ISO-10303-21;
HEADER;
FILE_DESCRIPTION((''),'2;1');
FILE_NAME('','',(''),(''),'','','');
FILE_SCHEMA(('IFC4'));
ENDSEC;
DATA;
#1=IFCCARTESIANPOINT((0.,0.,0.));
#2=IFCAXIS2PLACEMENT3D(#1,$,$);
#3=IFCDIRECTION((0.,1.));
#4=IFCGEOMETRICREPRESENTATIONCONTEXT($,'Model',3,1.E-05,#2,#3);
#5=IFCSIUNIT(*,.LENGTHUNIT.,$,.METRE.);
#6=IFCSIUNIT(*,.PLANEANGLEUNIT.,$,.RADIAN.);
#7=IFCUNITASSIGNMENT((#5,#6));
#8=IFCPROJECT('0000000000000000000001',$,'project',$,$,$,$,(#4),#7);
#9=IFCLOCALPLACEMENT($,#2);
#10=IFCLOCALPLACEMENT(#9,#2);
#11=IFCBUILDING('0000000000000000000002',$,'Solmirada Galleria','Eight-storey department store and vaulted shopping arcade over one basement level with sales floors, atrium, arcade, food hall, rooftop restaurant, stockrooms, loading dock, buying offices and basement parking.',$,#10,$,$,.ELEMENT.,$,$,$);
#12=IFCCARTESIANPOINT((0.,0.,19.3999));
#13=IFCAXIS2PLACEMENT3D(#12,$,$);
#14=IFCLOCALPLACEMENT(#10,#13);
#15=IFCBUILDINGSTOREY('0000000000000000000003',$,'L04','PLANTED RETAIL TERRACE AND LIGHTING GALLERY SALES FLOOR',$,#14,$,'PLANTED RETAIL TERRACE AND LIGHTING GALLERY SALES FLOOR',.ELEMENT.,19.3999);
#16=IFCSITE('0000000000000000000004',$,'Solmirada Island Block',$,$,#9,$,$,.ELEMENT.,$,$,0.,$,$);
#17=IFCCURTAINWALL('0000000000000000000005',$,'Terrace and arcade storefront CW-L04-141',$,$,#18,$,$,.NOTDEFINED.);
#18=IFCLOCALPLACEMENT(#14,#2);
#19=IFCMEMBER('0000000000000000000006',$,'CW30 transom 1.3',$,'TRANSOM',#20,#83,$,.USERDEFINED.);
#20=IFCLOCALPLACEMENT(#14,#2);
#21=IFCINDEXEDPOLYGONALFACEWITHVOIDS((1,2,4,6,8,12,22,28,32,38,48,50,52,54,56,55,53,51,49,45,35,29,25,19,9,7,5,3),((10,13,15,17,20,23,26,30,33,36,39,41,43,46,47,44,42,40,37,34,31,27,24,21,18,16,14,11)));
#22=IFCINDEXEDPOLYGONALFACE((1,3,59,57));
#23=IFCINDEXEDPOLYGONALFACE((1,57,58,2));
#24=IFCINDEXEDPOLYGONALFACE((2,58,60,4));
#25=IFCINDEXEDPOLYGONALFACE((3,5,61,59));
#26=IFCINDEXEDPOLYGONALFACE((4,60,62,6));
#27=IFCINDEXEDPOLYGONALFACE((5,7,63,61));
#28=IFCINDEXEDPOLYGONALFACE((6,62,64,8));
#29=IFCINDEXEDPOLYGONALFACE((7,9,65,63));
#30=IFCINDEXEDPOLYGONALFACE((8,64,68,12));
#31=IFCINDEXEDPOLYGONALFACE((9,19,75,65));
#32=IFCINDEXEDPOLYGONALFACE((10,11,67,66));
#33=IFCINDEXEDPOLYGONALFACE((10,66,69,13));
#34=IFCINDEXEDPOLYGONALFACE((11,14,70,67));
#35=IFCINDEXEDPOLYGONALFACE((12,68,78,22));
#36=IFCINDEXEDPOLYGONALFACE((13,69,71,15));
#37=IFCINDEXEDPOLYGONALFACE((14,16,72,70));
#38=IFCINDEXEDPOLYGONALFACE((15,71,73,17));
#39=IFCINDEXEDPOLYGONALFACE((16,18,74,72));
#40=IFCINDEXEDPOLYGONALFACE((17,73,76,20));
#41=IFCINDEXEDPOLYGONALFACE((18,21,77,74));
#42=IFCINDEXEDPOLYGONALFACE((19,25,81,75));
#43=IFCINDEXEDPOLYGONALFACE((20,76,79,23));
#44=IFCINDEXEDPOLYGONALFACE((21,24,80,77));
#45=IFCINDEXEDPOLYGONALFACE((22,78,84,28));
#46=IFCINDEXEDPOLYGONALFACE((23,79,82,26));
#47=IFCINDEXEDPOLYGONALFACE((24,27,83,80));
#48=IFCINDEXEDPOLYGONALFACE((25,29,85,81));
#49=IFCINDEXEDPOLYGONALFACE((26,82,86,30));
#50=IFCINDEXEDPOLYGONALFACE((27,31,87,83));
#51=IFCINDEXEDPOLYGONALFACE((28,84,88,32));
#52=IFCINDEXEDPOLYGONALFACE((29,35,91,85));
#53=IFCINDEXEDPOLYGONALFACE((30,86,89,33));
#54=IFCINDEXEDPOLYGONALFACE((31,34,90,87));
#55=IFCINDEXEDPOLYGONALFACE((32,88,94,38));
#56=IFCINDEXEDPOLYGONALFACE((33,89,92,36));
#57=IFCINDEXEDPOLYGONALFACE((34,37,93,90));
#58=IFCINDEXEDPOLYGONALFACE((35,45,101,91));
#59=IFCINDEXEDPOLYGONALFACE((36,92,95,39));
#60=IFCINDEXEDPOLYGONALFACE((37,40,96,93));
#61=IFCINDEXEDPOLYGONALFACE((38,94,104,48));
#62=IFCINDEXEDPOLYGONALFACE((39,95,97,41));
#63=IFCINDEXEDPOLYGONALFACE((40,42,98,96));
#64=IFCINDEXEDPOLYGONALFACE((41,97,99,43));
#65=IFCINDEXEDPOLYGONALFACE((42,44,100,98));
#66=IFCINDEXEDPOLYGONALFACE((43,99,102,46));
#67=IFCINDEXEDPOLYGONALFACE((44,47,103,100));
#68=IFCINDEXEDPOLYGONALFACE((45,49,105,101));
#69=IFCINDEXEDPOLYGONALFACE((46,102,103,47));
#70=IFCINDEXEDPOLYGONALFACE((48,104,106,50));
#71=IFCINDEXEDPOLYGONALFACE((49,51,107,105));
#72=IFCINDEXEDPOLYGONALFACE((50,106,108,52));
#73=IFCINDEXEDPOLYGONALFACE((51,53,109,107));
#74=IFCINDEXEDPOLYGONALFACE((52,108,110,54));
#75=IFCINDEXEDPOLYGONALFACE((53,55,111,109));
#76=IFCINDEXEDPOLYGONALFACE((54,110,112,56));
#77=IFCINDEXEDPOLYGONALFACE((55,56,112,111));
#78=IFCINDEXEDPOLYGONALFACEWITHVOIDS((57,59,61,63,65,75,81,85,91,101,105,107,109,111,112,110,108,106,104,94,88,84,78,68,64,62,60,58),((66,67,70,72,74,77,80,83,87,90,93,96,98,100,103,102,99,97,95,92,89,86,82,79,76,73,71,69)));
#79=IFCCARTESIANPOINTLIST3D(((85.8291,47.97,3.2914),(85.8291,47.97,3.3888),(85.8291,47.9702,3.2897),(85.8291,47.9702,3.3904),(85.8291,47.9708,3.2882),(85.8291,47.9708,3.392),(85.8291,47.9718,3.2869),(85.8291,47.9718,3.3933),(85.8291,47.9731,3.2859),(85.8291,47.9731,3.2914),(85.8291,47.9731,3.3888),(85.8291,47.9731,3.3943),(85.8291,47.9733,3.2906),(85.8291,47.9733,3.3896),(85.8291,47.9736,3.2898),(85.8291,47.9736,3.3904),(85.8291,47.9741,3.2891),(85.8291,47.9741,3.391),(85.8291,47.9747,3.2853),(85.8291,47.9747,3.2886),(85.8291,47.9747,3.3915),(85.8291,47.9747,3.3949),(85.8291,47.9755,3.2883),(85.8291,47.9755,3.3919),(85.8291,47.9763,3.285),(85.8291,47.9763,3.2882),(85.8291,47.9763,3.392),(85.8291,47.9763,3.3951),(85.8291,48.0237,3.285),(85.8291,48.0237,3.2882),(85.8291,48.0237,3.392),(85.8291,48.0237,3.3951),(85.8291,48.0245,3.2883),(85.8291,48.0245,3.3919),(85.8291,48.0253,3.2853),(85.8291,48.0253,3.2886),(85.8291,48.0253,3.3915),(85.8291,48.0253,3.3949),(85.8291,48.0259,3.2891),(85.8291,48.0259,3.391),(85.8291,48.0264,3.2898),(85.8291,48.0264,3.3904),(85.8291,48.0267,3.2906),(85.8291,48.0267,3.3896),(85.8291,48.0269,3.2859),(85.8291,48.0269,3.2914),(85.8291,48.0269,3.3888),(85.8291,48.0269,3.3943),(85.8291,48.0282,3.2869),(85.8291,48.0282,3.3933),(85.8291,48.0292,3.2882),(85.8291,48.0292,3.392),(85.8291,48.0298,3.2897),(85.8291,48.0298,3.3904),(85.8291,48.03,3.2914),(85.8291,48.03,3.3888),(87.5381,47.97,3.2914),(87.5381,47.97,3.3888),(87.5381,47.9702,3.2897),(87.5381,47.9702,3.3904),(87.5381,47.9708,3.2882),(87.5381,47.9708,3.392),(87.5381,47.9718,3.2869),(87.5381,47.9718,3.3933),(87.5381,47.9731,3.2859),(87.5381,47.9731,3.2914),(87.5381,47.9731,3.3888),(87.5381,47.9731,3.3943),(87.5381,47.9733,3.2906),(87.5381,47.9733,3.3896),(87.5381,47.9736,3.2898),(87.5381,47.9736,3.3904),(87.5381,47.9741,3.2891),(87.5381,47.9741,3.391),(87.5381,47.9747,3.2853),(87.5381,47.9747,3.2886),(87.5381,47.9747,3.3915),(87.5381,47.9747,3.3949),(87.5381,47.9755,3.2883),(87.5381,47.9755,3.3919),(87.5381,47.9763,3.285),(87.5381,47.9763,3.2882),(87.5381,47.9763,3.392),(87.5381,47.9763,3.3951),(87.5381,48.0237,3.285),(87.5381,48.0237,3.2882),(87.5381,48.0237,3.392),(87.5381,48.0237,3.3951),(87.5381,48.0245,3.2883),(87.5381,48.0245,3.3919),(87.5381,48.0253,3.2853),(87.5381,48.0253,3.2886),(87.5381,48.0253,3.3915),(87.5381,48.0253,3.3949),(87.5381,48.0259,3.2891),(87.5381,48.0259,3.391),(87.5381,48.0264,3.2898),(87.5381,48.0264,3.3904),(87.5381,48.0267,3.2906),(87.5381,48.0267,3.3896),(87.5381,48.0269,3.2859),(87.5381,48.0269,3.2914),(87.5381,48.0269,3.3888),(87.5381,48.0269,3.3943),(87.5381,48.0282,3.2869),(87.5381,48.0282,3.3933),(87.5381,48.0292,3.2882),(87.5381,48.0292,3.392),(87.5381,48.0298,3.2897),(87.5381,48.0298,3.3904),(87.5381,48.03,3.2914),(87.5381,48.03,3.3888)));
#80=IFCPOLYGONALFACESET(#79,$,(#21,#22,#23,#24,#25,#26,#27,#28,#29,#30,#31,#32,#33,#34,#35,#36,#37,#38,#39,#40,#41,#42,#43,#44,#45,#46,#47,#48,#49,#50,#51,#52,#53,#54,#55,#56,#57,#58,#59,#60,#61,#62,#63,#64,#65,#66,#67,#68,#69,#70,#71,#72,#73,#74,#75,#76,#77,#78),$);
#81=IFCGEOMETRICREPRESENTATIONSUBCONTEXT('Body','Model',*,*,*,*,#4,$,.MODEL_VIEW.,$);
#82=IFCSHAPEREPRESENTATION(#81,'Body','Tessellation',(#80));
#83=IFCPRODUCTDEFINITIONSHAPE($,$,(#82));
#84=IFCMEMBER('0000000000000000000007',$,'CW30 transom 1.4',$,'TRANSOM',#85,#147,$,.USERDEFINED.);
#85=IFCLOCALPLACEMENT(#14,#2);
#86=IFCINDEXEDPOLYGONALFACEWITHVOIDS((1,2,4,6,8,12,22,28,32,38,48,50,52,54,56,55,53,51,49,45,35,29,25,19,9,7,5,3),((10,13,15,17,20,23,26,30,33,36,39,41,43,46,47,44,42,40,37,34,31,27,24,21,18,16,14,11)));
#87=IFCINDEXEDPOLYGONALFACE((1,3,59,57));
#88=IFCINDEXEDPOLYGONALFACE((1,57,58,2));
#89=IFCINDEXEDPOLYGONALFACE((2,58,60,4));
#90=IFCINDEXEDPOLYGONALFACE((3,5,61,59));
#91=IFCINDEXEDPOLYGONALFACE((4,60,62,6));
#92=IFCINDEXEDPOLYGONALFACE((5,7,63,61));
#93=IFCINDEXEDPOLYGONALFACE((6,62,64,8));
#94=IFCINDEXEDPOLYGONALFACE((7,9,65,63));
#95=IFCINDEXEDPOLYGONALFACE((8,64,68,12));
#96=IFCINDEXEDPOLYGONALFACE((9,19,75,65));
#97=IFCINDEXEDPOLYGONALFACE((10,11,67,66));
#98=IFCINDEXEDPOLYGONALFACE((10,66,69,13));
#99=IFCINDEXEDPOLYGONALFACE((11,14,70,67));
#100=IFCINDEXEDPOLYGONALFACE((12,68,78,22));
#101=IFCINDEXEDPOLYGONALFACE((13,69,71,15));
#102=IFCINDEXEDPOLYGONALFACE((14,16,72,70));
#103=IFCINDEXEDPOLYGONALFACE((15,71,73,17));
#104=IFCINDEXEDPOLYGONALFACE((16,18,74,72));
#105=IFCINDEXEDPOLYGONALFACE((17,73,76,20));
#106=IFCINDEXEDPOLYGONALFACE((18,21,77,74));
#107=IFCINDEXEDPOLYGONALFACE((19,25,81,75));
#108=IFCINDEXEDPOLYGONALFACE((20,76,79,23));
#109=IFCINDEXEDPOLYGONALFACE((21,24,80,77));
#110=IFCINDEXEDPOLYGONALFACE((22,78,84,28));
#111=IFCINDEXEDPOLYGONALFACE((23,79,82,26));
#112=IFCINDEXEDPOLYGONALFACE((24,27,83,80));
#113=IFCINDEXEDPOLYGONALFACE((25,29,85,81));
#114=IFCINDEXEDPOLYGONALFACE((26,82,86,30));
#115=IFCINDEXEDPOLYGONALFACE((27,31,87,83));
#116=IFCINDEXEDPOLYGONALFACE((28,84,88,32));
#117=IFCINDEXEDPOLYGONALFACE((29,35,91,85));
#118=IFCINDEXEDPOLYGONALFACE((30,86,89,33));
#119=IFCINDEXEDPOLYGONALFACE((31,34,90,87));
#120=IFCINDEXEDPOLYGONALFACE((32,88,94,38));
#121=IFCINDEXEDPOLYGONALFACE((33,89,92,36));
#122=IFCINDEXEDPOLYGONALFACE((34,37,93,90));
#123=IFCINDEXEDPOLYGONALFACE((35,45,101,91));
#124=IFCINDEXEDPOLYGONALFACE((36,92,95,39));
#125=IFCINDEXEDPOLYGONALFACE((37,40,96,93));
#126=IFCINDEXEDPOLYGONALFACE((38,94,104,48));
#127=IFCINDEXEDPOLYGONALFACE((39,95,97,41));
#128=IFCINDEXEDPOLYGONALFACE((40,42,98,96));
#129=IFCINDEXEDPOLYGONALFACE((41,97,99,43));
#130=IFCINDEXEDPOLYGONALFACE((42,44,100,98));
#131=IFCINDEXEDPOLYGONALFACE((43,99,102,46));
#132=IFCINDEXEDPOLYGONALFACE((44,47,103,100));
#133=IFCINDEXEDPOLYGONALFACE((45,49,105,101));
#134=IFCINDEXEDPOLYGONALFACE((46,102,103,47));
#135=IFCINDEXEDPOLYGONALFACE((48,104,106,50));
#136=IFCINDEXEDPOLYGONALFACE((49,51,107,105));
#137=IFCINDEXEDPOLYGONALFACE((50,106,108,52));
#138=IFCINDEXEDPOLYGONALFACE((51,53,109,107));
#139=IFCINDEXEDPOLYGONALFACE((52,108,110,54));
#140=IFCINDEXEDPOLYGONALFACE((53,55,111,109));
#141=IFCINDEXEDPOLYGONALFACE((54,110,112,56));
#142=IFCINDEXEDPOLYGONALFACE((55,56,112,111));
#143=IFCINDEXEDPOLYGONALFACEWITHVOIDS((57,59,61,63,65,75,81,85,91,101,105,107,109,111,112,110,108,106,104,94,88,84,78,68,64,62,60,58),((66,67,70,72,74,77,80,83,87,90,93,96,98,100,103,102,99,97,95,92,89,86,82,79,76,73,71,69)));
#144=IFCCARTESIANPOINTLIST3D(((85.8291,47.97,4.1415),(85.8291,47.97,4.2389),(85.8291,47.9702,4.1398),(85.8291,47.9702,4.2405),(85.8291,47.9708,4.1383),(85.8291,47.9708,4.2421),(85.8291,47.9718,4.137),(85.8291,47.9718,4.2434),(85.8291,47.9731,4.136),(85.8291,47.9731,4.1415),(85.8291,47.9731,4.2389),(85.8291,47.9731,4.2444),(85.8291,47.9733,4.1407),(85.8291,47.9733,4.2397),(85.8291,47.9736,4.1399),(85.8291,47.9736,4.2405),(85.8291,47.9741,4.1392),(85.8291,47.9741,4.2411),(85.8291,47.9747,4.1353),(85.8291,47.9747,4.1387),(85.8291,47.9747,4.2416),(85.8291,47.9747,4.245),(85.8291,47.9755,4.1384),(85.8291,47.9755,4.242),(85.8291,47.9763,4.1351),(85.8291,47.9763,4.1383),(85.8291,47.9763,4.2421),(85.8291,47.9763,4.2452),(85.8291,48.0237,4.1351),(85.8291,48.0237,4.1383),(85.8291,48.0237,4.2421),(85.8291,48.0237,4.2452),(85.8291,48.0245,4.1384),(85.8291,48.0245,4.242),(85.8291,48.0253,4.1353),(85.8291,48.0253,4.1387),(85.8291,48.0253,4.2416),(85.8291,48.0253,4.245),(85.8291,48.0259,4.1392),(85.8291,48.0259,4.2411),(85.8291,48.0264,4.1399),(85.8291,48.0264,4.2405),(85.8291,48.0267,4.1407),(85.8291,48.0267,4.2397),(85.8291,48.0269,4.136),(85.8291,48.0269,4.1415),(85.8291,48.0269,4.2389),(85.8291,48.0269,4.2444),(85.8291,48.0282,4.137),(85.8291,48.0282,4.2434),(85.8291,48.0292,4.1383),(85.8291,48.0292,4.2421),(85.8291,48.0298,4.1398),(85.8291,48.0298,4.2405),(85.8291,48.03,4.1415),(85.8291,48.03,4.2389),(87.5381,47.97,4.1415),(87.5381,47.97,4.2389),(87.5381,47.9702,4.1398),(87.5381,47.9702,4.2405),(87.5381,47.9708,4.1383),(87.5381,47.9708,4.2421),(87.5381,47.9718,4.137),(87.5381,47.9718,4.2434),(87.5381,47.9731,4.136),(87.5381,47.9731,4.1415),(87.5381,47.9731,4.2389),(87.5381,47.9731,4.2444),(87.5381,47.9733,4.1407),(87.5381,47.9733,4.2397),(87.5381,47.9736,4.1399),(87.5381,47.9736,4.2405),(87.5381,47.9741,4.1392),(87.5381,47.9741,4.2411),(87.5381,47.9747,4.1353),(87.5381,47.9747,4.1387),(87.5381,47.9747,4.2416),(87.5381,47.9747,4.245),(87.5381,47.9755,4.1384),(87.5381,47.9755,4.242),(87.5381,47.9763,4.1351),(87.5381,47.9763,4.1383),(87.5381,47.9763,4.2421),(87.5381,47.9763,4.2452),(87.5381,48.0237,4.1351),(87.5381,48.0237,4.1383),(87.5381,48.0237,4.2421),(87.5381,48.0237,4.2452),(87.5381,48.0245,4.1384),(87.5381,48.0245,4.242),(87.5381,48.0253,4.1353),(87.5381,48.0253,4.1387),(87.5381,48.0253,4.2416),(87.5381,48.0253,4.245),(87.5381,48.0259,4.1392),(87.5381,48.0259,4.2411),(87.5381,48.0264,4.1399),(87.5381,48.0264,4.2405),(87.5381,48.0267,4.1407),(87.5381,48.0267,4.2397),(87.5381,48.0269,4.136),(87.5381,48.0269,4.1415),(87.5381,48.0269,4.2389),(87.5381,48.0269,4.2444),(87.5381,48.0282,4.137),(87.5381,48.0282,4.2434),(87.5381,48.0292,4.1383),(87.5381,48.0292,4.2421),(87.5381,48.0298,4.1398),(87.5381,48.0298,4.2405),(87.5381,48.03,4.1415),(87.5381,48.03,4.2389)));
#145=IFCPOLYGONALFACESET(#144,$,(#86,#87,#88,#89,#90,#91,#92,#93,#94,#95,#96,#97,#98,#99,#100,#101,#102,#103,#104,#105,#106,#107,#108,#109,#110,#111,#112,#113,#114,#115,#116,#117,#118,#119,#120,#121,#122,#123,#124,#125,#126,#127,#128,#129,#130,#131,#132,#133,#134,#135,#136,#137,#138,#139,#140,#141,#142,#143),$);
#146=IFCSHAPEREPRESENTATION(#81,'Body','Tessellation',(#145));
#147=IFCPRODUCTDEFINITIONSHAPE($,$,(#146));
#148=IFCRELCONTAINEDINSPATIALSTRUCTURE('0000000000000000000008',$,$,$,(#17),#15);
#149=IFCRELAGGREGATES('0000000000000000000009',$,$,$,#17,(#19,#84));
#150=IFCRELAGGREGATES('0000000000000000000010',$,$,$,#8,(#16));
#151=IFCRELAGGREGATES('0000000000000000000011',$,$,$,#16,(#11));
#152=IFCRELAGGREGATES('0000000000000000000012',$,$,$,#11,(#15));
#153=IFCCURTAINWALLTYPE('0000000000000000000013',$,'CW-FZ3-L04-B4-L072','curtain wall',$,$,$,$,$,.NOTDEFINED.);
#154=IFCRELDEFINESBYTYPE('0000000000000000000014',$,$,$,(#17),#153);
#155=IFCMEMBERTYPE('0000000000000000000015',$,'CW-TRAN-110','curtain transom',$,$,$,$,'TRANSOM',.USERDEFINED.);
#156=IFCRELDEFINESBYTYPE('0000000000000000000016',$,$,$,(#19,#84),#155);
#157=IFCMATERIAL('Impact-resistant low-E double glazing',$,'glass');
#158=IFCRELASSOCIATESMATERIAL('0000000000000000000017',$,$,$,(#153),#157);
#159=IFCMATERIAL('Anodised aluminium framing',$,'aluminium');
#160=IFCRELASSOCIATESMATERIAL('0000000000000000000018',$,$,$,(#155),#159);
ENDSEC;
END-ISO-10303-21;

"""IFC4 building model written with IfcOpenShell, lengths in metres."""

from ifc_helpers import new_model, si_unit, direction, frame, origin, origin_2d, place, context, subcontext, project, spatial, hollow_rectangle, extrude, material, material_profile, profile_set, type_object, element, aggregate, save


model = new_model("IFC4")

# Units and contexts
model_context = context("Model", 3, precision=1e-05, world=origin(), true_north=direction((0.0, 1.0)))
body_context = subcontext(model_context, "Body", "Model", "MODEL_VIEW")
ifc_project = project(units=[si_unit("LENGTHUNIT", "METRE"), si_unit("PLANEANGLEUNIT", "RADIAN")], contexts=[model_context])

# Site, building, storey
site_placement = place(None, origin())
site = spatial("IfcSite", under=ifc_project, at=site_placement, Name="Solmirada Island Block", CompositionType="ELEMENT", RefElevation=0.0)
building_placement = place(site_placement, origin())
building = spatial("IfcBuilding", under=site, at=building_placement, Name="Solmirada Galleria", Description="Eight-storey department store and vaulted shopping arcade over one basement level with sales floors, atrium, arcade, food hall, rooftop restaurant, stockrooms, loading dock, buying offices and basement parking.", CompositionType="ELEMENT")
storey_placement = place(building_placement, frame((0.0, 0.0, 19.3999)))
storey = spatial("IfcBuildingStorey", under=building, at=storey_placement, Name="L04", Description="PLANTED RETAIL TERRACE AND LIGHTING GALLERY SALES FLOOR", LongName="PLANTED RETAIL TERRACE AND LIGHTING GALLERY SALES FLOOR", CompositionType="ELEMENT", Elevation=19.3999)

# Curtain wall, members
ifc_material_1 = material(Name="Impact-resistant low-E double glazing", Category="glass")
curtain_wall_type = type_object("IfcCurtainWallType", Name="CW-FZ3-L04-B4-L072", Description="curtain wall", PredefinedType="NOTDEFINED", material=ifc_material_1)
curtain_wall_placement = place(storey_placement, origin())
curtain_wall = element("IfcCurtainWall", 1, at=curtain_wall_placement, inside=storey, type_object=curtain_wall_type, Name="Terrace and arcade storefront CW-L04-141", PredefinedType="NOTDEFINED")
ifc_material_2 = material(Name="Anodised aluminium framing", Category="aluminium")
ifc_material_profile_1 = material_profile(ifc_material_2, hollow_rectangle(XDim=0.0601, YDim=0.1101, WallThickness=0.0032, InnerFilletRadius=0.0032, OuterFilletRadius=0.0063, at=origin_2d()), Name="ALU-TRAN-110X60")
ifc_profile_set_1 = profile_set([ifc_material_profile_1], Name="Anodised aluminium framing")
member_type_1 = type_object("IfcMemberType", Name="CW-TRAN-110", Description="curtain transom", ElementType="TRANSOM", PredefinedType="USERDEFINED", material=ifc_profile_set_1)
member_1_placement = place(storey_placement, frame((87.5381, 48.0, 3.3401), z_axis=(-1.0, 0.0, 0.0), x_axis=(0.0, -1.0, 0.0)))
member_1 = element("IfcMember", 2, at=member_1_placement, type_object=member_type_1, Name="CW30 transom 1.3", ObjectType="TRANSOM", PredefinedType="USERDEFINED", context=body_context, shape_type="SweptSolid", body=[
    extrude(hollow_rectangle(XDim=0.0601, YDim=0.1101, WallThickness=0.0032, InnerFilletRadius=0.0032, OuterFilletRadius=0.0063, at=origin_2d()), origin(), (0.0, 0.0, 1.0), 1.709),
])
member_2_placement = place(storey_placement, frame((87.5381, 48.0, 4.1902), z_axis=(-1.0, 0.0, 0.0), x_axis=(0.0, -1.0, 0.0)))
member_2 = element("IfcMember", 3, at=member_2_placement, type_object=member_type_1, Name="CW30 transom 1.4", ObjectType="TRANSOM", PredefinedType="USERDEFINED", context=body_context, shape_type="SweptSolid", body=[
    extrude(hollow_rectangle(XDim=0.0601, YDim=0.1101, WallThickness=0.0032, InnerFilletRadius=0.0032, OuterFilletRadius=0.0063, at=origin_2d()), origin(), (0.0, 0.0, 1.0), 1.709),
])
aggregate(curtain_wall, [member_1, member_2])

save(model, "model.ifc")
